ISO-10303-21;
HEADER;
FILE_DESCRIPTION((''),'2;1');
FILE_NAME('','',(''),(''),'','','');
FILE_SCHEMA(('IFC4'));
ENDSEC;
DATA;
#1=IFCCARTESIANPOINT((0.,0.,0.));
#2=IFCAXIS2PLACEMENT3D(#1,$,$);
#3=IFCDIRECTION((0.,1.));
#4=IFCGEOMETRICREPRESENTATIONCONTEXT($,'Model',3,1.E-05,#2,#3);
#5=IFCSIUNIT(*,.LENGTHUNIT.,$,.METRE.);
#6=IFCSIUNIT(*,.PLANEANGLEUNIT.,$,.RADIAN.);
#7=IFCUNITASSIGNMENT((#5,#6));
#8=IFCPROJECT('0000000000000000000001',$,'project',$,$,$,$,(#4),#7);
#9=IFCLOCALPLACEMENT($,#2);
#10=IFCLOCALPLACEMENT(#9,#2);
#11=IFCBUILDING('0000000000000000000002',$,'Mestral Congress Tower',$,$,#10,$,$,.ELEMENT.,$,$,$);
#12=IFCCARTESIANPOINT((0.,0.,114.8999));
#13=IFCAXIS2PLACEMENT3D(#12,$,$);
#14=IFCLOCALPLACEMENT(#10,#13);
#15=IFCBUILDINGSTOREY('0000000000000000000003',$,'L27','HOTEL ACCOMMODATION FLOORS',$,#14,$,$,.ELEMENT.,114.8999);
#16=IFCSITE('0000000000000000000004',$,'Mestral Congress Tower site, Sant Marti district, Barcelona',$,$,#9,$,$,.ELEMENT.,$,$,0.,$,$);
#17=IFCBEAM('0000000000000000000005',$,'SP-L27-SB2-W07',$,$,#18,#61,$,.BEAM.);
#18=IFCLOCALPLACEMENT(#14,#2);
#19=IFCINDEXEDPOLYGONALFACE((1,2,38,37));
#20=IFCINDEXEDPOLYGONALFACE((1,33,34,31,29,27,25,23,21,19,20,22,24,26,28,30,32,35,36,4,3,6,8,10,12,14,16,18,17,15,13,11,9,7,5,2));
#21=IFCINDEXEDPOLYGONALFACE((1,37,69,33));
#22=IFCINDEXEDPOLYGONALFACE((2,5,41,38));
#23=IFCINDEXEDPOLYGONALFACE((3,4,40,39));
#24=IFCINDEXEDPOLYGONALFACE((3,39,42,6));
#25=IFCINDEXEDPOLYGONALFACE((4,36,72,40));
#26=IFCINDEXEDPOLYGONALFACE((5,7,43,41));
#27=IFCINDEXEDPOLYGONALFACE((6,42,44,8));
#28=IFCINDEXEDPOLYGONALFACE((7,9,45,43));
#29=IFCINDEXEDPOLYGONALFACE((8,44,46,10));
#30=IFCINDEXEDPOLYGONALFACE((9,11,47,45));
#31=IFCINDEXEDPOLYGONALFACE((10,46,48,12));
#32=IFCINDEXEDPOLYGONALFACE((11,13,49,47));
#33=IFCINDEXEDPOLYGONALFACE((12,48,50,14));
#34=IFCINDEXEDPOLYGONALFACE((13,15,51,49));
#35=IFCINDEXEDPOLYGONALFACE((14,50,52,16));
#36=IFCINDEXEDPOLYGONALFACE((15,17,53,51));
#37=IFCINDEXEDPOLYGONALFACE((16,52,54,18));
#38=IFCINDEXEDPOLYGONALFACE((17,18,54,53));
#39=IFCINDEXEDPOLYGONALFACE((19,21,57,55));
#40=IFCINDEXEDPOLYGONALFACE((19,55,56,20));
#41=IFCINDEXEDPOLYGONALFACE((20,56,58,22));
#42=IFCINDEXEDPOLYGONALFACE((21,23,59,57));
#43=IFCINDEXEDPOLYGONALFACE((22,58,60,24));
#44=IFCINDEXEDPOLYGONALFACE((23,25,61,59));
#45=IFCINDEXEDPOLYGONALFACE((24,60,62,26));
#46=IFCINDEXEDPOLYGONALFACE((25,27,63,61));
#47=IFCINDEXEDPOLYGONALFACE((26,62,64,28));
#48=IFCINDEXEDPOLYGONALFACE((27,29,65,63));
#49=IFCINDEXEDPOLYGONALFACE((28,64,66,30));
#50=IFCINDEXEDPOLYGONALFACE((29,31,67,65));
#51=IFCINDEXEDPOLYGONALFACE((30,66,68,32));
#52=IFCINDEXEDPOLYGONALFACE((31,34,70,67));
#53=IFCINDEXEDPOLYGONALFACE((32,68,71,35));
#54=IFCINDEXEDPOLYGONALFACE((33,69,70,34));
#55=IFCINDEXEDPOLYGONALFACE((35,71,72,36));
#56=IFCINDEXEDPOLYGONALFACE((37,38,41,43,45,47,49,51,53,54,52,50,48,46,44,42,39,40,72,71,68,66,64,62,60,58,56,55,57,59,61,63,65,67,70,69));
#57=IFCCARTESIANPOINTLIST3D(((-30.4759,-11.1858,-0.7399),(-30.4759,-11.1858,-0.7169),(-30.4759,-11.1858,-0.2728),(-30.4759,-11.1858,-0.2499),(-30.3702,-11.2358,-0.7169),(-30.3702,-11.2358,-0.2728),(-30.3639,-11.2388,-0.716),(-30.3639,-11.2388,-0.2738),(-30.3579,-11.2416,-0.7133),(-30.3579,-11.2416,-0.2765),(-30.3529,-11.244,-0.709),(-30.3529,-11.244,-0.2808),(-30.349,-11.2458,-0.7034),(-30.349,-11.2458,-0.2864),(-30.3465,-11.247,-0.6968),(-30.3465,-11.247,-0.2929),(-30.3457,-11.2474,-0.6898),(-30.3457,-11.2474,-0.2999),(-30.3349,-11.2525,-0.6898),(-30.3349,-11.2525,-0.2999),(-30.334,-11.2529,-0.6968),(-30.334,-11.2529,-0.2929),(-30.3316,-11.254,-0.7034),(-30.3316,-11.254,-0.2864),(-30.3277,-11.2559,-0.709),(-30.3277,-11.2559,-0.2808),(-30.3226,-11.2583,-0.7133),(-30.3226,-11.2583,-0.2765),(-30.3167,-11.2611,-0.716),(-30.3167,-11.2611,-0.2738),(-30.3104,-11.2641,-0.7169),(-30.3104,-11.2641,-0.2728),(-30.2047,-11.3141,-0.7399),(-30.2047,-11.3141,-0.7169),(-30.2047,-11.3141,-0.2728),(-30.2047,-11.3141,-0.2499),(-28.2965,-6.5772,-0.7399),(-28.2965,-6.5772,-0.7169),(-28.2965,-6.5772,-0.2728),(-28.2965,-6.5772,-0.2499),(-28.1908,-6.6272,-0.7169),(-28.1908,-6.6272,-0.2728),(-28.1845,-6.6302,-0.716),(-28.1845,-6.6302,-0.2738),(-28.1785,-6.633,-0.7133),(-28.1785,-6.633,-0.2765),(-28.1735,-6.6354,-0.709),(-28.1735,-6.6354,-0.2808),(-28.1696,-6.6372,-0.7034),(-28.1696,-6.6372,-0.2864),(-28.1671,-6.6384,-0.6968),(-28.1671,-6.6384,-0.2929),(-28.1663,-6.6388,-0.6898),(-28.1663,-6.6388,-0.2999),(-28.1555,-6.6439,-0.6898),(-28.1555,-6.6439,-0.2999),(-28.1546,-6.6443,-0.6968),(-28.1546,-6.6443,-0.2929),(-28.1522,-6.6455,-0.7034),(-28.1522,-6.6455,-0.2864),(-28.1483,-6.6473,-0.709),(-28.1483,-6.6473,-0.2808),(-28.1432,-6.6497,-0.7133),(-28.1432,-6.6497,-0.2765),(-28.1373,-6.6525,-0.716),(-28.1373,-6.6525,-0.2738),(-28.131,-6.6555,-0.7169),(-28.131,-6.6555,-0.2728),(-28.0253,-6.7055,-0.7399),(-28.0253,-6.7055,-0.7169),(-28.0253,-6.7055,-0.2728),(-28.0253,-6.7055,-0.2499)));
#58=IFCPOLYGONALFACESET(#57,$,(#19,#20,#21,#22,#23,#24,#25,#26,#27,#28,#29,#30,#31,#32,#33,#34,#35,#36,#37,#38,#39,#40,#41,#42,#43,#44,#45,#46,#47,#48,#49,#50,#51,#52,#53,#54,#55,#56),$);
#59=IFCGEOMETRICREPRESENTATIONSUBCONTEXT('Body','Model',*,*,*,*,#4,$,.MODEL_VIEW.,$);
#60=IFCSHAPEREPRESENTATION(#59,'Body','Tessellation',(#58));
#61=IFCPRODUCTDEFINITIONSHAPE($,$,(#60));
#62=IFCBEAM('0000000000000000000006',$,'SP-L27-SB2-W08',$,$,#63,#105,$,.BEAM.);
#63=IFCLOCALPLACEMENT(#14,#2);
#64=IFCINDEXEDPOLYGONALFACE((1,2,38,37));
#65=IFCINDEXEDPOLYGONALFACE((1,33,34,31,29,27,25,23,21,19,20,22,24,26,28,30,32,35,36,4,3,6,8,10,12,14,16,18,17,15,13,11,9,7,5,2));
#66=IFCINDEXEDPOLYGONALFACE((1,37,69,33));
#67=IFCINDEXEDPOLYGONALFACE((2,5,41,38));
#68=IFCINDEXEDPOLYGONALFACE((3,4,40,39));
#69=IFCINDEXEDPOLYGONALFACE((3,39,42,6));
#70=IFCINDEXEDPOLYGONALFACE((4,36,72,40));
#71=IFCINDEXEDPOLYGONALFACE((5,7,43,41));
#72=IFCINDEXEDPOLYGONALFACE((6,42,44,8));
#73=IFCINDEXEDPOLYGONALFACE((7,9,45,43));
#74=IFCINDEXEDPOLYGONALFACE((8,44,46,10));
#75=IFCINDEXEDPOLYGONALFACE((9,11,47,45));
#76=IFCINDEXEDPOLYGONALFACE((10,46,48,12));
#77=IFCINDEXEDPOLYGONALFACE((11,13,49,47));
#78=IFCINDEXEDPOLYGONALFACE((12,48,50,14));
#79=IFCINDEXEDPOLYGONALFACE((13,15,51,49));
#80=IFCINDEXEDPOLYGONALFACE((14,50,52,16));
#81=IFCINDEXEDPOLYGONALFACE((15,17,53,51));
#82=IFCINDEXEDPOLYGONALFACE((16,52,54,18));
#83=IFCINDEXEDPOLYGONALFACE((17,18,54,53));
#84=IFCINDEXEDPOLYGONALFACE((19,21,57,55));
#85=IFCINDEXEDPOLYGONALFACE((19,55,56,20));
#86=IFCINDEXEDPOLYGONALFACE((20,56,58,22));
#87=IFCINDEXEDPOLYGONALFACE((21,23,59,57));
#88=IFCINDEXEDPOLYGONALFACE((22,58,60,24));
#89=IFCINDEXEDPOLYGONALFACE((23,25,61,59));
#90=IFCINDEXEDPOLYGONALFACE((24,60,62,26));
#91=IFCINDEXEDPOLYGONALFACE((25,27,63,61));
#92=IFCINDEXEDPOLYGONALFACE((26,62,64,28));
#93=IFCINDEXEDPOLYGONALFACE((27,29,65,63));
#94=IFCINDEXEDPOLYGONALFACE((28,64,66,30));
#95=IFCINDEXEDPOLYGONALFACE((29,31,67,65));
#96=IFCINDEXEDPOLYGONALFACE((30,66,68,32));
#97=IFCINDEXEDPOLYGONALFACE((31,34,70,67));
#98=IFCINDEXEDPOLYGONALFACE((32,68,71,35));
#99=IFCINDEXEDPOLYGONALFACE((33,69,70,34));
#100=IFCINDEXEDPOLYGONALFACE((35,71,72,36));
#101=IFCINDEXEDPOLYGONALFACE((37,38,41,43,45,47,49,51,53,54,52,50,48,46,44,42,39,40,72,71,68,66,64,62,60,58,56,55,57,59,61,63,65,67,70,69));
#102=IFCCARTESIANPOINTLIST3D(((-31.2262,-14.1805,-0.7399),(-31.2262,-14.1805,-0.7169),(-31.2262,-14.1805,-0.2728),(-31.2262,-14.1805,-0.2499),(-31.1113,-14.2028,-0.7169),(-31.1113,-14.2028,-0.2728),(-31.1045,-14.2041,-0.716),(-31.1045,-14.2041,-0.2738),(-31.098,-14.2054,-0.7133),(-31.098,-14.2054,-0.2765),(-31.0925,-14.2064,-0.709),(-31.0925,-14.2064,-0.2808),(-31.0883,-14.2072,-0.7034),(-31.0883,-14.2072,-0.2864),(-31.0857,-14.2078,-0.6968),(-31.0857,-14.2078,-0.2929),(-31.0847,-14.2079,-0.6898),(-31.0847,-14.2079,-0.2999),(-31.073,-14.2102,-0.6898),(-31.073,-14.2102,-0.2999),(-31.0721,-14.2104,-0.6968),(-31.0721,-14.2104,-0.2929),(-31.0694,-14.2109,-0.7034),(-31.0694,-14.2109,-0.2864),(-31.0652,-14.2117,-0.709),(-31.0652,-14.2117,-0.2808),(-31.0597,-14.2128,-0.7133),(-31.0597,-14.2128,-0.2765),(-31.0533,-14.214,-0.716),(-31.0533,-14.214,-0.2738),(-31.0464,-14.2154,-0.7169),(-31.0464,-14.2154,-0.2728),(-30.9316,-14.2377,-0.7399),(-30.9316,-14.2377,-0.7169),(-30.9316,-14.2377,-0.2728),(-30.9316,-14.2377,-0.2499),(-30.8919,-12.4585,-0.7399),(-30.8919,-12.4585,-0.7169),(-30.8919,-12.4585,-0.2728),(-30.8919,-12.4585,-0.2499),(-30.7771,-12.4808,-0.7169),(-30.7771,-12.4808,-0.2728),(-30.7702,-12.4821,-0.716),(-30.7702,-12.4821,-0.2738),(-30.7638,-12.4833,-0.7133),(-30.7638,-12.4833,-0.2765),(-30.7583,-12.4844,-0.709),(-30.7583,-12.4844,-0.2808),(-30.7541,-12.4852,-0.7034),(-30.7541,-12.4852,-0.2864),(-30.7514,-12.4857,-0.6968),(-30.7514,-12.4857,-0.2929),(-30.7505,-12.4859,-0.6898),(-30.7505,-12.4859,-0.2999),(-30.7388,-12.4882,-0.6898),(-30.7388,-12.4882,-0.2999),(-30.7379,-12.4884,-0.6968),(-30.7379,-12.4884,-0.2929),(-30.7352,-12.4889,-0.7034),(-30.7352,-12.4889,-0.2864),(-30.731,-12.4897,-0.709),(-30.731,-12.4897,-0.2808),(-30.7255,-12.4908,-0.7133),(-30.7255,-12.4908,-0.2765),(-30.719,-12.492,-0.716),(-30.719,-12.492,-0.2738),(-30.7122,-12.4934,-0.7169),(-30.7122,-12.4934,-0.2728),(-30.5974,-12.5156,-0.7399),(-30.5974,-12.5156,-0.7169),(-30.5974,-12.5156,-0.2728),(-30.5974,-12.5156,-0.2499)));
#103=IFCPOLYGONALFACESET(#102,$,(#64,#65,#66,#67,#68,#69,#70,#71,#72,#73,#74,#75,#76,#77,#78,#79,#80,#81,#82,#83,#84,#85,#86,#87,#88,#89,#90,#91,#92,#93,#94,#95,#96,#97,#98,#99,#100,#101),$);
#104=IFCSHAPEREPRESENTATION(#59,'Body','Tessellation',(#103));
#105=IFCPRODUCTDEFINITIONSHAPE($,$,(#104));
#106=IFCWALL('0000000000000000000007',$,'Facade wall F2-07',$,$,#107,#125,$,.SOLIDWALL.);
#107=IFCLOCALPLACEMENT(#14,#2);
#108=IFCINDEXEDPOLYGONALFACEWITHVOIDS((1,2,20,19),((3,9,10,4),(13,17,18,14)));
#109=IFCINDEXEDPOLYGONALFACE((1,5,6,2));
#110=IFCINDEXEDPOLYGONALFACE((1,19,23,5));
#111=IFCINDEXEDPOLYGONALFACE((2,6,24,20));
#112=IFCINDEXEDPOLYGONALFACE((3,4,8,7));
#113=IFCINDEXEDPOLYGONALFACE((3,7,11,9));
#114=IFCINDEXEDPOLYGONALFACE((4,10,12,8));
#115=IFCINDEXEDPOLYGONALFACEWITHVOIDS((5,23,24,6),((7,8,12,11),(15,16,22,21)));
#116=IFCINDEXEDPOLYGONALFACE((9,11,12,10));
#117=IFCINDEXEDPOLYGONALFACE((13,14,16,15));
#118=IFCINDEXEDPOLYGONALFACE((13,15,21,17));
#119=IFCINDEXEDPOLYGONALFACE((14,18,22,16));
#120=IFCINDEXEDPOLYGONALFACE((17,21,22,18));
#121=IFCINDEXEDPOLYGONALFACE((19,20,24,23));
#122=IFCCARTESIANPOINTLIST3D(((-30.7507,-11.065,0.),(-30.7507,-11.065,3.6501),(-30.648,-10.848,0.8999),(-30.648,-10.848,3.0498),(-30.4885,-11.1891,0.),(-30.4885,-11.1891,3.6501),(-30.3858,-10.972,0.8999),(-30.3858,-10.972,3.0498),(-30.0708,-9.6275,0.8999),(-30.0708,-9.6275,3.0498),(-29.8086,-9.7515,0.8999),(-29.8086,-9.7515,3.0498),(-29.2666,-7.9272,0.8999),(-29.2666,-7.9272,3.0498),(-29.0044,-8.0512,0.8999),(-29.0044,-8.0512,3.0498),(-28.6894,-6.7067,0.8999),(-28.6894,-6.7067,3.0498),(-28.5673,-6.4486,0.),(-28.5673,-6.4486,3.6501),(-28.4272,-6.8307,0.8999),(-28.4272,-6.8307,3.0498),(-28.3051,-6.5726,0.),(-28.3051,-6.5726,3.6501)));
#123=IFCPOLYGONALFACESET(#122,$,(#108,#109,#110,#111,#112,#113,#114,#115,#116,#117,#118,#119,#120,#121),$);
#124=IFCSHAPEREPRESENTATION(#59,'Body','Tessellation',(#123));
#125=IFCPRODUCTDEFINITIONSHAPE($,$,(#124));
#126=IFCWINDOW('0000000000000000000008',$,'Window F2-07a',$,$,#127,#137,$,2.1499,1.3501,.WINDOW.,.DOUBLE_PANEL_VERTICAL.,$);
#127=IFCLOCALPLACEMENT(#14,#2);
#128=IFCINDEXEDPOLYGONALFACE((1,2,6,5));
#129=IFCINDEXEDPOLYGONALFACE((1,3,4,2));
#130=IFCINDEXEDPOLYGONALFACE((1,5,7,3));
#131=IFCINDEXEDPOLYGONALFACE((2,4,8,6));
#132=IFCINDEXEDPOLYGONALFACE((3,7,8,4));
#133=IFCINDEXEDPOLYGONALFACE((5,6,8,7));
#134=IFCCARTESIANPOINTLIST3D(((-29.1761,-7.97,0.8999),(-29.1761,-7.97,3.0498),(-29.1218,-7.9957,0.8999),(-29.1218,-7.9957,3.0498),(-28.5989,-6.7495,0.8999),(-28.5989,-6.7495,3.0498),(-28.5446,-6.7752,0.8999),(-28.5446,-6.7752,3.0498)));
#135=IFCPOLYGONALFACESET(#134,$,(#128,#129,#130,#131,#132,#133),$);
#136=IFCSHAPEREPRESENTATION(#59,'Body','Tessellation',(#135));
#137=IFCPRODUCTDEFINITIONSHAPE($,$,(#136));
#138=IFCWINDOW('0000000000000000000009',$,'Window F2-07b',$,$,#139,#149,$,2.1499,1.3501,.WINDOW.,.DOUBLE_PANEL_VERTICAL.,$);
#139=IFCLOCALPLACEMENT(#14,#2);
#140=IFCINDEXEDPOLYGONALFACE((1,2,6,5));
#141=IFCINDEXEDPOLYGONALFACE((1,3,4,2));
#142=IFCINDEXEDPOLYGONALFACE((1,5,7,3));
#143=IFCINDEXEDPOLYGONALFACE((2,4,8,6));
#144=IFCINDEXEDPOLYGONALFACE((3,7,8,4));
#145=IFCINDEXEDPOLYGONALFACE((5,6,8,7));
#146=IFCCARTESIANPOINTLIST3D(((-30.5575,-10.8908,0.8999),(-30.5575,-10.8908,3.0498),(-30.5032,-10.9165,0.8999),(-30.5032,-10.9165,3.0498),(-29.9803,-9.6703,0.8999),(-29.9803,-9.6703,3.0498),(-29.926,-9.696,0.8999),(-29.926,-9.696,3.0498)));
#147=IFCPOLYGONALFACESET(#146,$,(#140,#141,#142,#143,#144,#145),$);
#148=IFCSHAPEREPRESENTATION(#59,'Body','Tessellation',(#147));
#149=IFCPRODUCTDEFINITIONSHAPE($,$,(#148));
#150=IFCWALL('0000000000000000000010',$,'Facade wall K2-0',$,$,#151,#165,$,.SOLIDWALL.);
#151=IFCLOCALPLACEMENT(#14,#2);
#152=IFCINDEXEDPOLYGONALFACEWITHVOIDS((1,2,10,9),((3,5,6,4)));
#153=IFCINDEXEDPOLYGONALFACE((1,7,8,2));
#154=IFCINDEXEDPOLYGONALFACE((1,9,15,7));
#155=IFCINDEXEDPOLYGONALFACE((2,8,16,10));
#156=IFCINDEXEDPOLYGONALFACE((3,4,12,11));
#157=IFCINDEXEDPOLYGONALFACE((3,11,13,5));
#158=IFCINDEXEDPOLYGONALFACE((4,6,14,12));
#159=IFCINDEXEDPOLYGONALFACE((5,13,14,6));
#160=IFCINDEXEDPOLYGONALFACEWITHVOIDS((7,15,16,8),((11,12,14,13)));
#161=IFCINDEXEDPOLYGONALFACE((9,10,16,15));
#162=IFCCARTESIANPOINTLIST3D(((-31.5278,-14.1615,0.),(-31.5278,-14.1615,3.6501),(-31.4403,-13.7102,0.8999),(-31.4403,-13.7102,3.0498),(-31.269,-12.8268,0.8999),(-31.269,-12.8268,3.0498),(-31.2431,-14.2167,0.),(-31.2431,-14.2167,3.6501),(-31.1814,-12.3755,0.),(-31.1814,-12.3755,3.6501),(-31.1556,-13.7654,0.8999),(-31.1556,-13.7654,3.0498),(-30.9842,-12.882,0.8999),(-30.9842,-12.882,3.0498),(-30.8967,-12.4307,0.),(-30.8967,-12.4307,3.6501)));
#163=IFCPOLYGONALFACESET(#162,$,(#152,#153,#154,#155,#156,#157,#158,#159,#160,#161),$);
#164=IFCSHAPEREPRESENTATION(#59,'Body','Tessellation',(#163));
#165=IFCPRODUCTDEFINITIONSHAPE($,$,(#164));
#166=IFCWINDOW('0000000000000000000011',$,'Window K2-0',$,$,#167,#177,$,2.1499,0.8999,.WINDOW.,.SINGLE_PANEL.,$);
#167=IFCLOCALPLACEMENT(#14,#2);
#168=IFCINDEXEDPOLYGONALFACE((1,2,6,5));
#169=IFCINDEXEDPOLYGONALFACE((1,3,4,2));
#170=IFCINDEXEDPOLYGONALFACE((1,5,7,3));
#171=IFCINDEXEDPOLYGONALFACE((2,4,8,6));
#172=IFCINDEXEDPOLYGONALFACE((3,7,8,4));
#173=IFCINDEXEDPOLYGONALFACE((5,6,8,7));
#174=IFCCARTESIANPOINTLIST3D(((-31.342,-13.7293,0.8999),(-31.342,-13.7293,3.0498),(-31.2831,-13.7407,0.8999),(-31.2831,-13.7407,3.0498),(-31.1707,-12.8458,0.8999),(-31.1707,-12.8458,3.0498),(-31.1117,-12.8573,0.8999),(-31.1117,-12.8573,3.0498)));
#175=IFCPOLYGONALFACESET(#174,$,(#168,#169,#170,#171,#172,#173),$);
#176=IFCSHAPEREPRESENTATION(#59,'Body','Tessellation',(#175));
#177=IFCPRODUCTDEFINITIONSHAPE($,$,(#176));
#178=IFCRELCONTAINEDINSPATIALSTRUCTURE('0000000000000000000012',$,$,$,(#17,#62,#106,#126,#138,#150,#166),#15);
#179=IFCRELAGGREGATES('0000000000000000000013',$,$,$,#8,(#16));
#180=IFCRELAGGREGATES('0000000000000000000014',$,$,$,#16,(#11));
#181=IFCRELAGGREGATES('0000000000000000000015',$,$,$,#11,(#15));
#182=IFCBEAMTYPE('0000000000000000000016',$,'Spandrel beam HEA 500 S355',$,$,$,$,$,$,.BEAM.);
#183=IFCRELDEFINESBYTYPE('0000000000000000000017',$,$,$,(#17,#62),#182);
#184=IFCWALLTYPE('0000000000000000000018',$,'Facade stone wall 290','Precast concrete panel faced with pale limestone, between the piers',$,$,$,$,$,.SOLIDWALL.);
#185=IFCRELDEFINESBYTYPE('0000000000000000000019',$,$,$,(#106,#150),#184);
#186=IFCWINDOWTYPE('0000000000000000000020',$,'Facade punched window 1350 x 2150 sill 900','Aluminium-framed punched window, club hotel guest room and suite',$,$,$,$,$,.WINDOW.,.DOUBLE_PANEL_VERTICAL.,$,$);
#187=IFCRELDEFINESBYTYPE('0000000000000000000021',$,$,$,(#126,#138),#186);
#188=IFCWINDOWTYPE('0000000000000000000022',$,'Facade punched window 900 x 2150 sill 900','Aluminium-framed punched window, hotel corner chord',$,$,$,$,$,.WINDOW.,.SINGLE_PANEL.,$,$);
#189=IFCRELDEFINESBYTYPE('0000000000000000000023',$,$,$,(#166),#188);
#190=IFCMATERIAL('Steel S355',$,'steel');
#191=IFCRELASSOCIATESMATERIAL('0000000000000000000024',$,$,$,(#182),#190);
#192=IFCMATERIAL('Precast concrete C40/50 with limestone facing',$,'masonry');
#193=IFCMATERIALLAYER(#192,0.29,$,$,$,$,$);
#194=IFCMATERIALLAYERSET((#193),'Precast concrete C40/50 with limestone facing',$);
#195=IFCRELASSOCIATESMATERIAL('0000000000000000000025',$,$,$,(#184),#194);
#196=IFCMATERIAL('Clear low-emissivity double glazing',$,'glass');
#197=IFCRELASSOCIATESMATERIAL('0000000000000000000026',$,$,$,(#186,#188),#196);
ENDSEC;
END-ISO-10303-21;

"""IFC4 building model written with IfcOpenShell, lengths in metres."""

from ifc_helpers import new_model, si_unit, direction, frame, frame_2d, origin, origin_2d, place, context, subcontext, project, spatial, rectangle, i_section, extrude, material, layer, layer_set, material_profile, profile_set, type_object, element, fill, save


model = new_model("IFC4")

# Units and contexts
model_context = context("Model", 3, precision=1e-05, world=origin(), true_north=direction((0.0, 1.0)))
body_context = subcontext(model_context, "Body", "Model", "MODEL_VIEW")
ifc_project = project(units=[si_unit("LENGTHUNIT", "METRE"), si_unit("PLANEANGLEUNIT", "RADIAN")], contexts=[model_context])

# Site, building, storey
site_placement = place(None, origin())
site = spatial("IfcSite", under=ifc_project, at=site_placement, Name="Mestral Congress Tower site, Sant Marti district, Barcelona", CompositionType="ELEMENT", RefElevation=0.0)
building_placement = place(site_placement, origin())
building = spatial("IfcBuilding", under=site, at=building_placement, Name="Mestral Congress Tower", CompositionType="ELEMENT")
storey_placement = place(building_placement, frame((0.0, 0.0, 114.8999)))
storey = spatial("IfcBuildingStorey", under=building, at=storey_placement, Name="L27", Description="HOTEL ACCOMMODATION FLOORS", CompositionType="ELEMENT", Elevation=114.8999)

# Beams
ifc_material_1 = material(Name="Steel S355", Category="steel")
ifc_material_profile_1 = material_profile(ifc_material_1, i_section(OverallWidth=0.3, OverallDepth=0.49, WebThickness=0.012, FlangeThickness=0.0229, FilletRadius=0.0271, at=origin_2d()), Name="HEA 500")
ifc_profile_set_1 = profile_set([ifc_material_profile_1], Name="Steel S355")
beam_type_1 = type_object("IfcBeamType", Name="Spandrel beam HEA 500 S355", PredefinedType="BEAM", material=ifc_profile_set_1)
beam_1_placement = place(storey_placement, frame((-28.1609, -6.6414, -0.4949), z_axis=(-0.42751, -0.904011, 0.0), x_axis=(0.904011, -0.42751, 0.0)))
element("IfcBeam", 1, at=beam_1_placement, inside=storey, type_object=beam_type_1, Name="SP-L27-SB2-W07", PredefinedType="BEAM", context=body_context, shape_type="SweptSolid", body=[
    extrude(i_section(OverallWidth=0.3, OverallDepth=0.49, WebThickness=0.012, FlangeThickness=0.0229, FilletRadius=0.0271, at=origin_2d()), origin(), (0.0, 0.0, 1.0), 5.0979),
])
beam_2_placement = place(storey_placement, frame((-30.7446, -12.4871, -0.4949), z_axis=(-0.190546, -0.981678, 0.0), x_axis=(0.981678, -0.190546, 0.0)))
element("IfcBeam", 2, at=beam_2_placement, inside=storey, type_object=beam_type_1, Name="SP-L27-SB2-W08", PredefinedType="BEAM", context=body_context, shape_type="SweptSolid", body=[
    extrude(i_section(OverallWidth=0.3, OverallDepth=0.49, WebThickness=0.012, FlangeThickness=0.0229, FilletRadius=0.0271, at=origin_2d()), origin(), (0.0, 0.0, 1.0), 1.7542),
])

# Wall, openings, windows
ifc_material_2 = material(Name="Precast concrete C40/50 with limestone facing", Category="masonry")
ifc_layer_1 = layer(ifc_material_2, 0.29)
ifc_layer_set_1 = layer_set([ifc_layer_1], Name="Precast concrete C40/50 with limestone facing")
wall_type_1 = type_object("IfcWallType", Name="Facade stone wall 290", Description="Precast concrete panel faced with pale limestone, between the piers", PredefinedType="SOLIDWALL", material=ifc_layer_set_1)
wall_1_placement = place(storey_placement, frame((-28.4363, -6.5107, 0.0), z_axis=(0.0, 0.0, 1.0), x_axis=(-0.427544, -0.903995, 0.0)))
wall_1 = element("IfcWall", 3, at=wall_1_placement, inside=storey, type_object=wall_type_1, Name="Facade wall F2-07", PredefinedType="SOLIDWALL", context=body_context, shape_type="SweptSolid", body=[
    extrude(rectangle(XDim=5.1067, YDim=0.29, at=frame_2d((2.5532, 0.0))), origin(), (0.0, 0.0, 1.0), 3.6501),
])
opening_1_placement = place(wall_1_placement, frame((0.2854, 0.0, 0.8999)))
opening_1 = element("IfcOpeningElement", 4, at=opening_1_placement, cuts=wall_1, PredefinedType="OPENING", context=body_context, shape_type="SweptSolid", body=[
    extrude(rectangle(XDim=1.3501, YDim=2.1499, at=frame_2d((0.675, 1.075))), frame((0.0, 0.155, 0.0), z_axis=(0.0, -1.0, 0.0), x_axis=(1.0, 0.0, 0.0)), (0.0, 0.0, 1.0), 0.3101),
])
opening_2_placement = place(wall_1_placement, frame((3.5164, 0.0, 0.8999)))
opening_2 = element("IfcOpeningElement", 5, at=opening_2_placement, cuts=wall_1, PredefinedType="OPENING", context=body_context, shape_type="SweptSolid", body=[
    extrude(rectangle(XDim=1.3501, YDim=2.1499, at=frame_2d((0.675, 1.075))), frame((0.0, 0.155, 0.0), z_axis=(0.0, -1.0, 0.0), x_axis=(1.0, 0.0, 0.0)), (0.0, 0.0, 1.0), 0.3101),
])
ifc_material_3 = material(Name="Clear low-emissivity double glazing", Category="glass")
window_type_1 = type_object("IfcWindowType", Name="Facade punched window 1350 x 2150 sill 900", Description="Aluminium-framed punched window, club hotel guest room and suite", PartitioningType="DOUBLE_PANEL_VERTICAL", PredefinedType="WINDOW", material=ifc_material_3)
window_1_placement = place(opening_1_placement, origin())
window_1 = element("IfcWindow", 6, at=window_1_placement, inside=storey, type_object=window_type_1, Name="Window F2-07a", OverallHeight=2.1499, OverallWidth=1.3501, PartitioningType="DOUBLE_PANEL_VERTICAL", PredefinedType="WINDOW", context=body_context, shape_type="SweptSolid", body=[
    extrude(rectangle(XDim=1.3501, YDim=2.1499, at=frame_2d((0.675, 1.075))), frame((0.0, 0.0151, 0.0), z_axis=(0.0, -1.0, 0.0), x_axis=(1.0, 0.0, 0.0)), (0.0, 0.0, 1.0), 0.0601),
])
fill(opening_1, window_1)
window_2_placement = place(opening_2_placement, origin())
window_2 = element("IfcWindow", 7, at=window_2_placement, inside=storey, type_object=window_type_1, Name="Window F2-07b", OverallHeight=2.1499, OverallWidth=1.3501, PartitioningType="DOUBLE_PANEL_VERTICAL", PredefinedType="WINDOW", context=body_context, shape_type="SweptSolid", body=[
    extrude(rectangle(XDim=1.3501, YDim=2.1499, at=frame_2d((0.675, 1.075))), frame((0.0, 0.0151, 0.0), z_axis=(0.0, -1.0, 0.0), x_axis=(1.0, 0.0, 0.0)), (0.0, 0.0, 1.0), 0.0601),
])
fill(opening_2, window_2)

# Wall, opening, window
wall_2_placement = place(storey_placement, frame((-31.0391, -12.4031, 0.0), z_axis=(0.0, 0.0, 1.0), x_axis=(-0.19041, -0.981705, 0.0)))
wall_2 = element("IfcWall", 8, at=wall_2_placement, inside=storey, type_object=wall_type_1, Name="Facade wall K2-0", PredefinedType="SOLIDWALL", context=body_context, shape_type="SweptSolid", body=[
    extrude(rectangle(XDim=1.8193, YDim=0.29, at=frame_2d((0.9097, 0.0))), origin(), (0.0, 0.0, 1.0), 3.6501),
])
opening_3_placement = place(wall_2_placement, frame((0.4597, 0.0, 0.8999)))
opening_3 = element("IfcOpeningElement", 9, at=opening_3_placement, cuts=wall_2, PredefinedType="OPENING", context=body_context, shape_type="SweptSolid", body=[
    extrude(rectangle(XDim=0.8999, YDim=2.1499, at=frame_2d((0.45, 1.075))), frame((0.0, 0.155, 0.0), z_axis=(0.0, -1.0, 0.0), x_axis=(1.0, 0.0, 0.0)), (0.0, 0.0, 1.0), 0.3101),
])
window_type_2 = type_object("IfcWindowType", Name="Facade punched window 900 x 2150 sill 900", Description="Aluminium-framed punched window, hotel corner chord", PartitioningType="SINGLE_PANEL", PredefinedType="WINDOW", material=ifc_material_3)
window_3_placement = place(opening_3_placement, origin())
window_3 = element("IfcWindow", 10, at=window_3_placement, inside=storey, type_object=window_type_2, Name="Window K2-0", OverallHeight=2.1499, OverallWidth=0.8999, PartitioningType="SINGLE_PANEL", PredefinedType="WINDOW", context=body_context, shape_type="SweptSolid", body=[
    extrude(rectangle(XDim=0.8999, YDim=2.1499, at=frame_2d((0.45, 1.075))), frame((0.0, 0.0151, 0.0), z_axis=(0.0, -1.0, 0.0), x_axis=(1.0, 0.0, 0.0)), (0.0, 0.0, 1.0), 0.0601),
])
fill(opening_3, window_3)

save(model, "model.ifc")
